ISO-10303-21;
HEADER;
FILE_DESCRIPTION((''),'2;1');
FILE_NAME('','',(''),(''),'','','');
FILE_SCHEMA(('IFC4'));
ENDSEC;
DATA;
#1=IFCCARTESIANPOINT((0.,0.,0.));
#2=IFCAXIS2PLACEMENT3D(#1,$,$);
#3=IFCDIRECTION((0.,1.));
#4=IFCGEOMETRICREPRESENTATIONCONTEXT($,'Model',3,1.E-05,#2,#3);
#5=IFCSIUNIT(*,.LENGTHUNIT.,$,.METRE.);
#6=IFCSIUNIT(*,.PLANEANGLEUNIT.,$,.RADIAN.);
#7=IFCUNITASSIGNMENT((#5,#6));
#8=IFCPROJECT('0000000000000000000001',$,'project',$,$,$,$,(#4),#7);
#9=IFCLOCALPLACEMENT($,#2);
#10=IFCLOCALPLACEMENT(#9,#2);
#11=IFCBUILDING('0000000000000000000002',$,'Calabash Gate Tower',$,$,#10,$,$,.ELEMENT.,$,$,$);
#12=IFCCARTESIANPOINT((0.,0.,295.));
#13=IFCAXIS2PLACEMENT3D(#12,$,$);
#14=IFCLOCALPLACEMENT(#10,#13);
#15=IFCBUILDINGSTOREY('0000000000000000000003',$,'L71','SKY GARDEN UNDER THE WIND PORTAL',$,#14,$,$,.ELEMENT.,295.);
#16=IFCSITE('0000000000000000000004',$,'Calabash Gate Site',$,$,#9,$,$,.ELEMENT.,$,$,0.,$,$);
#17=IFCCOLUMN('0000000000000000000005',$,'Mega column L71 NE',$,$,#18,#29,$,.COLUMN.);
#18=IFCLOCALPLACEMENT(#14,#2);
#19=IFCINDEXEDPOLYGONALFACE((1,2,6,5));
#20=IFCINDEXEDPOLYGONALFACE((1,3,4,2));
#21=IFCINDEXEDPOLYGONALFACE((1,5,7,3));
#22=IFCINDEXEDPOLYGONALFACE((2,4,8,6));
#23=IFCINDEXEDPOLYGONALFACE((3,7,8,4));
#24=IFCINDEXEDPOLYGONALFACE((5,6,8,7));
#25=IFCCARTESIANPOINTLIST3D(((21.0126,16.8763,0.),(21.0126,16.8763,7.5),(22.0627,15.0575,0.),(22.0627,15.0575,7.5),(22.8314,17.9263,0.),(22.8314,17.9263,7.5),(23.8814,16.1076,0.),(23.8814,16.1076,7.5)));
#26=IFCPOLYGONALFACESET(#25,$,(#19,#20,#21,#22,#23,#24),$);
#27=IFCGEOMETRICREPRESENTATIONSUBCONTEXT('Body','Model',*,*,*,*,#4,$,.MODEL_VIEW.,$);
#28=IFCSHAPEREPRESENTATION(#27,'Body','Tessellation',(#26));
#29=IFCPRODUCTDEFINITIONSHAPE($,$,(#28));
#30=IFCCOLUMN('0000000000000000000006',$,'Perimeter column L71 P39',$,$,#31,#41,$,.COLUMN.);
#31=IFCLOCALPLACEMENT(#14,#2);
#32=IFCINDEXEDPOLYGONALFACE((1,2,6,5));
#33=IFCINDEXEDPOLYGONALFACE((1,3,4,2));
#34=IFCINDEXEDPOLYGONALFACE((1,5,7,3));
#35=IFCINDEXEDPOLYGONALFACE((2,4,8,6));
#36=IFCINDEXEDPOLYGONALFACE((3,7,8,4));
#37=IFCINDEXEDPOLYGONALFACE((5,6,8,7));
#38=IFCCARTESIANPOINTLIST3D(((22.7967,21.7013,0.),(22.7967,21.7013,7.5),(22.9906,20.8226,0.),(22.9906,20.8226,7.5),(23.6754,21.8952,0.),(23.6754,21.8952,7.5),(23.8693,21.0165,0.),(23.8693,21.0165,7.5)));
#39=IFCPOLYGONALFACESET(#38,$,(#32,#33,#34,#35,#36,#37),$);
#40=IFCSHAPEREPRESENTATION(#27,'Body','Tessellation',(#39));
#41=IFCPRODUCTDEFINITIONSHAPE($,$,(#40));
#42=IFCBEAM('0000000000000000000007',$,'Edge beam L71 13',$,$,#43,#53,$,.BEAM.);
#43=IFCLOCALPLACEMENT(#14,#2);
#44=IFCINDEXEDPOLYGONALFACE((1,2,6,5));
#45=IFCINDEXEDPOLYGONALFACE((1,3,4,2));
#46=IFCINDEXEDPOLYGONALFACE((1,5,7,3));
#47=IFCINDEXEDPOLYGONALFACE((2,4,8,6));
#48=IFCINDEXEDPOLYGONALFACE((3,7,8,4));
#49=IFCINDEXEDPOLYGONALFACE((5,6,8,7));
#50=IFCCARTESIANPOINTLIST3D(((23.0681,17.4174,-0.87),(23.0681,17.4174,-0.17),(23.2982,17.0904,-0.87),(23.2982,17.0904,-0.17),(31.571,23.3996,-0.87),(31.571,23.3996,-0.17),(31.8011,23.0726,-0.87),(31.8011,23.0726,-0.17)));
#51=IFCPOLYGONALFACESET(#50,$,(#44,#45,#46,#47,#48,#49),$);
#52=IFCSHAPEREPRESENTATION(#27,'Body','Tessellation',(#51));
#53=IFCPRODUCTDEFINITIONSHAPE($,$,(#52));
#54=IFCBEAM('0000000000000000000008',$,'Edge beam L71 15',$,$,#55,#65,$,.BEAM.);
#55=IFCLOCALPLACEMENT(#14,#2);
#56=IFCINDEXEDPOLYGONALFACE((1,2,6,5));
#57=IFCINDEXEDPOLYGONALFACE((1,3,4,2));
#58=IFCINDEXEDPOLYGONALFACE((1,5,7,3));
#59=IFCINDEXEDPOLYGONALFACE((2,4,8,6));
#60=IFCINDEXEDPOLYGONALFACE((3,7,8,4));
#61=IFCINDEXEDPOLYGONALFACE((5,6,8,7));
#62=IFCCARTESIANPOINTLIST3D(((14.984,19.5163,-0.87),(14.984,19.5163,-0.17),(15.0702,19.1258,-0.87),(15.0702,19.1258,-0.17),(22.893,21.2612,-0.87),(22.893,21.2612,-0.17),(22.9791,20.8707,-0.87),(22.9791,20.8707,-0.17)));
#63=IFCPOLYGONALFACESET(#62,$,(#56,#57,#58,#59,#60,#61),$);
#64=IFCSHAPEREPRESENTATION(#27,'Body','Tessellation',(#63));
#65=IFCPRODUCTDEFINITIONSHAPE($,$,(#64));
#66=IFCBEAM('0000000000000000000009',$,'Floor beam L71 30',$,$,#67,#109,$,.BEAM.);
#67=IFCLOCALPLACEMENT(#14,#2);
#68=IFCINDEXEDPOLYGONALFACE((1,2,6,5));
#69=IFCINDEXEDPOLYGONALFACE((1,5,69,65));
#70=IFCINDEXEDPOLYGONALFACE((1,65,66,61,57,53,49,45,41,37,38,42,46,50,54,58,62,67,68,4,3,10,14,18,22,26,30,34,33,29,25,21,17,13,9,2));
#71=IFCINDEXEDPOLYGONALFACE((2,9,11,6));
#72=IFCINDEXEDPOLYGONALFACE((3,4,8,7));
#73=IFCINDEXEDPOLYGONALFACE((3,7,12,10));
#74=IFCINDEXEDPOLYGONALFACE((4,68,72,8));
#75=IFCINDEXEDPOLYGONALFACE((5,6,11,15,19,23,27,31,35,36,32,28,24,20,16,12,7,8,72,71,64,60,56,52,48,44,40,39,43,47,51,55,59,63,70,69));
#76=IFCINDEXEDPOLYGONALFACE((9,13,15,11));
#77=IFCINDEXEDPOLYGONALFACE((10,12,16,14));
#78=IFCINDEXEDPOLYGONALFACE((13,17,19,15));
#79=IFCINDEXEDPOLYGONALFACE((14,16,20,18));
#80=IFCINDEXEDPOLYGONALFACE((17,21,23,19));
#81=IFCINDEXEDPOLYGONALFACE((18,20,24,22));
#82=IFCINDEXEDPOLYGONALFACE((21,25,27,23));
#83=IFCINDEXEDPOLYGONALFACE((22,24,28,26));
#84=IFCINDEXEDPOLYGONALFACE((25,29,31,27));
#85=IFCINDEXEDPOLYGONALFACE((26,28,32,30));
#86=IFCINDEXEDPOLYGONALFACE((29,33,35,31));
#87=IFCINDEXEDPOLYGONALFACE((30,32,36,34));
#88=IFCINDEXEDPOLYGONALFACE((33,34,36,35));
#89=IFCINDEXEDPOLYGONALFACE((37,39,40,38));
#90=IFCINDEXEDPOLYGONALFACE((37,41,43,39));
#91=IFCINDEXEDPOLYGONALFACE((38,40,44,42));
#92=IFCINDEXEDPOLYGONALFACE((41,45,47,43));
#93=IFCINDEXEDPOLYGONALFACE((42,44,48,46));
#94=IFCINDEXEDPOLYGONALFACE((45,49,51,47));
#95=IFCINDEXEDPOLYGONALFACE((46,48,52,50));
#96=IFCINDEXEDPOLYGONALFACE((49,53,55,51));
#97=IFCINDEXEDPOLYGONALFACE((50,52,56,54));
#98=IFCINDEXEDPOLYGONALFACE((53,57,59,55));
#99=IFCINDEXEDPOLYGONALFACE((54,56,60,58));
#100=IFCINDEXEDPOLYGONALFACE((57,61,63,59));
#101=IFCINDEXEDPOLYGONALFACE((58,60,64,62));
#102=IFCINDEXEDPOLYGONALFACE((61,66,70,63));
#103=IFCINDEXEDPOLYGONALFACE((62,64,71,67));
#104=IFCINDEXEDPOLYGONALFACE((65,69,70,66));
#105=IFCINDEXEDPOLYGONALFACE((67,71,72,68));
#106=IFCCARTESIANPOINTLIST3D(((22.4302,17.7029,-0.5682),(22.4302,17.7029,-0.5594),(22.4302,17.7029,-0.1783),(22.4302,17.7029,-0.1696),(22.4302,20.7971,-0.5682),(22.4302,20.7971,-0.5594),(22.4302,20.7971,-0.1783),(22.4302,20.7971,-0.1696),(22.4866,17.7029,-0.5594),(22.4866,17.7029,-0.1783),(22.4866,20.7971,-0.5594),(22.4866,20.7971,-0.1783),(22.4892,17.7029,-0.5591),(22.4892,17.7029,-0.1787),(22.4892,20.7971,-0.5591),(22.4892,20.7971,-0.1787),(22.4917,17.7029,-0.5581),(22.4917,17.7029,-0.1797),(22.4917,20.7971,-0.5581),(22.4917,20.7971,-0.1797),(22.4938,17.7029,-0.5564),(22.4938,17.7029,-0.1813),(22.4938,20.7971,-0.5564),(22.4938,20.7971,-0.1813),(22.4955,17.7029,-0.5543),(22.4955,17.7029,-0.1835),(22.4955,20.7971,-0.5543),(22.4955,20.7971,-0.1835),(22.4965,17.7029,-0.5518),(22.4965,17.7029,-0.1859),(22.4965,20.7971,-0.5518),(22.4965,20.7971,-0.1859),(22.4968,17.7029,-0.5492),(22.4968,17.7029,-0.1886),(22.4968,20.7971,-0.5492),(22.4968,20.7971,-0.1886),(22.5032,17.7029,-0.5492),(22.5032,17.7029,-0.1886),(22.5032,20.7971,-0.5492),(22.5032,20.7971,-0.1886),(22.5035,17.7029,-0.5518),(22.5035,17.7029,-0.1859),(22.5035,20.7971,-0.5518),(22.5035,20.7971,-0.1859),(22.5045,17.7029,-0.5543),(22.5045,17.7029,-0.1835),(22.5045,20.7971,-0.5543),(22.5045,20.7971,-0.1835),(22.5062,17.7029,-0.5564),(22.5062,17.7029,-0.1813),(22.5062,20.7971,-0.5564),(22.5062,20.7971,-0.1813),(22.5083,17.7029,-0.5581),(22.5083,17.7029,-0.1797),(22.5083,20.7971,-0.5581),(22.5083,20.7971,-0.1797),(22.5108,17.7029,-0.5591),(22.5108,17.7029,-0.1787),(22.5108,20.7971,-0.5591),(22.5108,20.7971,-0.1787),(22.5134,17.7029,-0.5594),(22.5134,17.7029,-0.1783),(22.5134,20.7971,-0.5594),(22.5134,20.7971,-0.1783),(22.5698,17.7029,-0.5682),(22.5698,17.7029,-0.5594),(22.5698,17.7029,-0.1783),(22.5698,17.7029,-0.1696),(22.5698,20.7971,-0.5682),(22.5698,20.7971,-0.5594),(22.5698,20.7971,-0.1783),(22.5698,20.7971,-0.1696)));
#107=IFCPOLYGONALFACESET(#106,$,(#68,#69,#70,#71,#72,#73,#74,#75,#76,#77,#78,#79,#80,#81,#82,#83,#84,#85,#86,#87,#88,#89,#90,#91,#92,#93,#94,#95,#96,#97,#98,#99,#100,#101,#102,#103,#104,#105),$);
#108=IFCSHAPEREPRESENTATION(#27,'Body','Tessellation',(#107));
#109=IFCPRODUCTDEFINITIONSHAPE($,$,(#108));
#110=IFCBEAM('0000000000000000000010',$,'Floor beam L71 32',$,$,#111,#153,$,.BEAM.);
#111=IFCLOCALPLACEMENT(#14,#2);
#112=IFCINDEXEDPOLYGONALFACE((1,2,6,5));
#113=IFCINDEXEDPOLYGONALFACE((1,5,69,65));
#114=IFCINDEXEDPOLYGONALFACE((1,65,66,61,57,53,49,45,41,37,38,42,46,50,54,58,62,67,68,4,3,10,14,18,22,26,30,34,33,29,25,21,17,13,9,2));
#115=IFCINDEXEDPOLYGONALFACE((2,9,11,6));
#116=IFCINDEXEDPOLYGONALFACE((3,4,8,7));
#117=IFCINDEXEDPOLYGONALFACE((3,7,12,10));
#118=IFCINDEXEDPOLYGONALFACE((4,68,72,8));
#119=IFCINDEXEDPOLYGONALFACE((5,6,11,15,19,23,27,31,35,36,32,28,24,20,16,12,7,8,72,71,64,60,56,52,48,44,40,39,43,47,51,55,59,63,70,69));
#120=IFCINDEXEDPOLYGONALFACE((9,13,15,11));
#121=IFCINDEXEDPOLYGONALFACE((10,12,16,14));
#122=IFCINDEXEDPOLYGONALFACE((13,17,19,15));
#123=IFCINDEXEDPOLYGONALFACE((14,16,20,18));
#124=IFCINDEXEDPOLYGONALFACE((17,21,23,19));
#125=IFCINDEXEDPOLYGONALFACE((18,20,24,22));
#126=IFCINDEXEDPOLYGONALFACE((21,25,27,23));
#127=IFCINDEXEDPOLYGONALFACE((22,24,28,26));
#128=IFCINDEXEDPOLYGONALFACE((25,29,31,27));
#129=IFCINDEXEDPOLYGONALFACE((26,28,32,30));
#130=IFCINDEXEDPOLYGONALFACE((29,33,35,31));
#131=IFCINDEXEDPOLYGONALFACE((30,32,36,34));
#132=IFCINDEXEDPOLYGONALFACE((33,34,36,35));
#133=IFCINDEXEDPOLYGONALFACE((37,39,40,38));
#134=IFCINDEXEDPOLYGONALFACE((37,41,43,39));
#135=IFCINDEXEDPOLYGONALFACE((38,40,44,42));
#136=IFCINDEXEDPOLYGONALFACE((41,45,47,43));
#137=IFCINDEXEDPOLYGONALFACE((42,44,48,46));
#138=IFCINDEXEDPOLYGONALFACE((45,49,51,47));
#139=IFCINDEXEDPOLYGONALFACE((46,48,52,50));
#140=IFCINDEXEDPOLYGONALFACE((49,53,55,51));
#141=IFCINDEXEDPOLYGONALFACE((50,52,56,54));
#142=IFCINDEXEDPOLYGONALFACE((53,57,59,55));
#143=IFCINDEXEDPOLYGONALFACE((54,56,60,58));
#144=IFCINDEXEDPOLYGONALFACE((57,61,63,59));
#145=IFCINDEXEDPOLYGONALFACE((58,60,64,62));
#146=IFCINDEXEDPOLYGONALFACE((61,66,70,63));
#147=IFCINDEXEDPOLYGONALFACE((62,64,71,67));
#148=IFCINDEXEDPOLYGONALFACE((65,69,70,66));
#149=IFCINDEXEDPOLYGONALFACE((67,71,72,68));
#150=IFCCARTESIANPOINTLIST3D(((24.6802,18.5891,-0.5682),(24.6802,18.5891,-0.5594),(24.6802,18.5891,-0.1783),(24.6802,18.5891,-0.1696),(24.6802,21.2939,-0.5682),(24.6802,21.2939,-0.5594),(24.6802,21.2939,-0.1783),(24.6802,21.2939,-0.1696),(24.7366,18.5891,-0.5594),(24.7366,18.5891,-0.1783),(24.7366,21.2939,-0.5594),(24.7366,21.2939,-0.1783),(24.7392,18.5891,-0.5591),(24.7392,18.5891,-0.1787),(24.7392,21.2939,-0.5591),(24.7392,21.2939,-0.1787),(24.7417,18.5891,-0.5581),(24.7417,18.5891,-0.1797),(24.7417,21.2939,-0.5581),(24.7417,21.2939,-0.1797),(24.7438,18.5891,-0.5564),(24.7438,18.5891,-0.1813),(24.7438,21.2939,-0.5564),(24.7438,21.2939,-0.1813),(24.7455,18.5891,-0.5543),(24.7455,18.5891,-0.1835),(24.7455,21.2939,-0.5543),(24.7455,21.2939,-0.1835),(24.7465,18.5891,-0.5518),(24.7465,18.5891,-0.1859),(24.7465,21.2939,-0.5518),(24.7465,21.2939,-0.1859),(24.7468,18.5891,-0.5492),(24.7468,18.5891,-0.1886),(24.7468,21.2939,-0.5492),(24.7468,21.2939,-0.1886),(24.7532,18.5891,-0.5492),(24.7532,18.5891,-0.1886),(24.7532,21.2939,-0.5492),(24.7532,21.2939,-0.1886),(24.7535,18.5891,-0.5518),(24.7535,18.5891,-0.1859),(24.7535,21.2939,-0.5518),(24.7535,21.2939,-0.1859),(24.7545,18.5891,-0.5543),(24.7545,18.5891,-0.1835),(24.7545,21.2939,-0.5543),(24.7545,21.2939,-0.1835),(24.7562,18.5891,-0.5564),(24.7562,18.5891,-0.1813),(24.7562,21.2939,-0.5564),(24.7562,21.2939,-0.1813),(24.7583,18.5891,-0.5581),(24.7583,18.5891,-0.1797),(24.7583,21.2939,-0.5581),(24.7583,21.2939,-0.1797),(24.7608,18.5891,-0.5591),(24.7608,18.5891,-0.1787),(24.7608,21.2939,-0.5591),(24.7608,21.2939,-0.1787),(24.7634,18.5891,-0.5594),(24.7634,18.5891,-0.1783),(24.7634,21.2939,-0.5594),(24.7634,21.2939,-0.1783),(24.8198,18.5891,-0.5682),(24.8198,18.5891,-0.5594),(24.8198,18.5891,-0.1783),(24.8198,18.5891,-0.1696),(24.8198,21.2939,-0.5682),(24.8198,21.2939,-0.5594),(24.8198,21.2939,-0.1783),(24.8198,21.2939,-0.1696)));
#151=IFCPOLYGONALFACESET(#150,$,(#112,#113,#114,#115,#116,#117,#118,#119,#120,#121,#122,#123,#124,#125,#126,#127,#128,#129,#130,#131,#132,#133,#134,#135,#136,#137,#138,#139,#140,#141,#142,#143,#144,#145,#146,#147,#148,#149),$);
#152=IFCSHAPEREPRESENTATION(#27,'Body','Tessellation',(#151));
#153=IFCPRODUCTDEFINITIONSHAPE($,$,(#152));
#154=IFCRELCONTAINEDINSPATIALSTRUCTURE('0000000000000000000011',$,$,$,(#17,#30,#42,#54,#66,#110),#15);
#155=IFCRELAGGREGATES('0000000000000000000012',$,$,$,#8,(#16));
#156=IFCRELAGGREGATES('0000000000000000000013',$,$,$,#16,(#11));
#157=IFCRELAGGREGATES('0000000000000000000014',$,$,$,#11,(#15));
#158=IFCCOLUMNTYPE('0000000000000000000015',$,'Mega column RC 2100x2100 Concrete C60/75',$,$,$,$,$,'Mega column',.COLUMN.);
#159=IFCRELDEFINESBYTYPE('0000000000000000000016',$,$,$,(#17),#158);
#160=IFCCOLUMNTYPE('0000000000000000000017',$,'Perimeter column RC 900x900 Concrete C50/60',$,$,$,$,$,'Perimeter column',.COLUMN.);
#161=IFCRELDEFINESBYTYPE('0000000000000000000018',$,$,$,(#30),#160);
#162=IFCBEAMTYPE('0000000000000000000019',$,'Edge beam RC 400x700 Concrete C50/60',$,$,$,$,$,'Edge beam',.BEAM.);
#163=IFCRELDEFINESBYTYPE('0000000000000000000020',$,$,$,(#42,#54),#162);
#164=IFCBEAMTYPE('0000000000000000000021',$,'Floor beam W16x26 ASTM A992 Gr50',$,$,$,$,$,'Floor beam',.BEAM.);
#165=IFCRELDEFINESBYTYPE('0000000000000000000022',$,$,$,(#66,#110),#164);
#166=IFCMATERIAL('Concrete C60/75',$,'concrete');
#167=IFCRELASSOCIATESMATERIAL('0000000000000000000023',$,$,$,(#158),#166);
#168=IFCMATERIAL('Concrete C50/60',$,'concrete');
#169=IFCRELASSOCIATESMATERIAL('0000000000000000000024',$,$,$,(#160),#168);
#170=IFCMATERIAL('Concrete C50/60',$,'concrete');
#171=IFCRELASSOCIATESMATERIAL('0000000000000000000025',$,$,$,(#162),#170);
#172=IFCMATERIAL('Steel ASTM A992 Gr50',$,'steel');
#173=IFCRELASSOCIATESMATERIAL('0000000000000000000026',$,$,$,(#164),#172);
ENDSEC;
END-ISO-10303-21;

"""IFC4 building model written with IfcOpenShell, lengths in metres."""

from ifc_helpers import new_model, si_unit, direction, frame, origin, origin_2d, place, context, subcontext, project, spatial, rectangle, i_section, extrude, material, material_profile, profile_set, type_object, element, save


model = new_model("IFC4")

# Units and contexts
model_context = context("Model", 3, precision=1e-05, world=origin(), true_north=direction((0.0, 1.0)))
body_context = subcontext(model_context, "Body", "Model", "MODEL_VIEW")
ifc_project = project(units=[si_unit("LENGTHUNIT", "METRE"), si_unit("PLANEANGLEUNIT", "RADIAN")], contexts=[model_context])

# Site, building, storey
site_placement = place(None, origin())
site = spatial("IfcSite", under=ifc_project, at=site_placement, Name="Calabash Gate Site", CompositionType="ELEMENT", RefElevation=0.0)
building_placement = place(site_placement, origin())
building = spatial("IfcBuilding", under=site, at=building_placement, Name="Calabash Gate Tower", CompositionType="ELEMENT")
storey_placement = place(building_placement, frame((0.0, 0.0, 295.0)))
storey = spatial("IfcBuildingStorey", under=building, at=storey_placement, Name="L71", Description="SKY GARDEN UNDER THE WIND PORTAL", CompositionType="ELEMENT", Elevation=295.0)

# Columns
ifc_material_1 = material(Name="Concrete C60/75", Category="concrete")
ifc_material_profile_1 = material_profile(ifc_material_1, rectangle(XDim=2.1001, YDim=2.1001, at=origin_2d()))
ifc_profile_set_1 = profile_set([ifc_material_profile_1], Name="Concrete C60/75")
column_type_1 = type_object("IfcColumnType", Name="Mega column RC 2100x2100 Concrete C60/75", ElementType="Mega column", PredefinedType="COLUMN", material=ifc_profile_set_1)
column_1_placement = place(storey_placement, frame((22.447, 16.4919, 0.0), z_axis=(0.0, 0.0, 1.0), x_axis=(-0.866025, -0.5, 0.0)))
element("IfcColumn", 1, at=column_1_placement, inside=storey, type_object=column_type_1, Name="Mega column L71 NE", PredefinedType="COLUMN", context=body_context, shape_type="SweptSolid", body=[
    extrude(rectangle(XDim=2.1001, YDim=2.1001, at=origin_2d()), origin(), (0.0, 0.0, 1.0), 7.5),
])
ifc_material_2 = material(Name="Concrete C50/60", Category="concrete")
ifc_material_profile_2 = material_profile(ifc_material_2, rectangle(XDim=0.8999, YDim=0.8999, at=origin_2d()))
ifc_profile_set_2 = profile_set([ifc_material_profile_2], Name="Concrete C50/60")
column_type_2 = type_object("IfcColumnType", Name="Perimeter column RC 900x900 Concrete C50/60", ElementType="Perimeter column", PredefinedType="COLUMN", material=ifc_profile_set_2)
column_2_placement = place(storey_placement, frame((23.333, 21.3589, 0.0), z_axis=(0.0, 0.0, 1.0), x_axis=(-0.976511, -0.215468, 0.0)))
element("IfcColumn", 2, at=column_2_placement, inside=storey, type_object=column_type_2, Name="Perimeter column L71 P39", PredefinedType="COLUMN", context=body_context, shape_type="SweptSolid", body=[
    extrude(rectangle(XDim=0.8999, YDim=0.8999, at=origin_2d()), origin(), (0.0, 0.0, 1.0), 7.5),
])

# Beams
ifc_material_3 = material(Name="Concrete C50/60", Category="concrete")
ifc_material_profile_3 = material_profile(ifc_material_3, rectangle(XDim=0.3999, YDim=0.7, at=origin_2d()))
ifc_profile_set_3 = profile_set([ifc_material_profile_3], Name="Concrete C50/60")
beam_type_1 = type_object("IfcBeamType", Name="Edge beam RC 400x700 Concrete C50/60", ElementType="Edge beam", PredefinedType="BEAM", material=ifc_profile_set_3)
beam_1_placement = place(storey_placement, frame((23.1831, 17.2539, -0.52), z_axis=(0.817868, 0.575406, 0.0), x_axis=(-0.575406, 0.817868, 0.0)))
element("IfcBeam", 3, at=beam_1_placement, inside=storey, type_object=beam_type_1, Name="Edge beam L71 13", PredefinedType="BEAM", context=body_context, shape_type="SweptSolid", body=[
    extrude(rectangle(XDim=0.3999, YDim=0.7, at=origin_2d()), origin(), (0.0, 0.0, 1.0), 10.3965),
])
beam_2_placement = place(storey_placement, frame((22.936, 21.0659, -0.52), z_axis=(-0.976517, -0.21544, 0.0), x_axis=(0.21544, -0.976517, 0.0)))
element("IfcBeam", 4, at=beam_2_placement, inside=storey, type_object=beam_type_1, Name="Edge beam L71 15", PredefinedType="BEAM", context=body_context, shape_type="SweptSolid", body=[
    extrude(rectangle(XDim=0.3999, YDim=0.7, at=origin_2d()), origin(), (0.0, 0.0, 1.0), 8.0991),
])
ifc_material_4 = material(Name="Steel ASTM A992 Gr50", Category="steel")
ifc_material_profile_4 = material_profile(ifc_material_4, i_section(OverallWidth=0.1396, OverallDepth=0.3987, WebThickness=0.0063, FlangeThickness=0.0088, FilletRadius=0.0103, at=origin_2d()))
ifc_profile_set_4 = profile_set([ifc_material_profile_4], Name="Steel ASTM A992 Gr50")
beam_type_2 = type_object("IfcBeamType", Name="Floor beam W16x26 ASTM A992 Gr50", ElementType="Floor beam", PredefinedType="BEAM", material=ifc_profile_set_4)
beam_3_placement = place(storey_placement, frame((22.5, 17.7029, -0.3689), z_axis=(0.0, 1.0, 0.0), x_axis=(-1.0, 0.0, 0.0)))
element("IfcBeam", 5, at=beam_3_placement, inside=storey, type_object=beam_type_2, Name="Floor beam L71 30", PredefinedType="BEAM", context=body_context, shape_type="SweptSolid", body=[
    extrude(i_section(OverallWidth=0.1396, OverallDepth=0.3987, WebThickness=0.0063, FlangeThickness=0.0088, FilletRadius=0.0103, at=origin_2d()), origin(), (0.0, 0.0, 1.0), 3.0942),
])
beam_4_placement = place(storey_placement, frame((24.75, 18.5891, -0.3689), z_axis=(0.0, 1.0, 0.0), x_axis=(-1.0, 0.0, 0.0)))
element("IfcBeam", 6, at=beam_4_placement, inside=storey, type_object=beam_type_2, Name="Floor beam L71 32", PredefinedType="BEAM", context=body_context, shape_type="SweptSolid", body=[
    extrude(i_section(OverallWidth=0.1396, OverallDepth=0.3987, WebThickness=0.0063, FlangeThickness=0.0088, FilletRadius=0.0103, at=origin_2d()), origin(), (0.0, 0.0, 1.0), 2.7048),
])

save(model, "model.ifc")
